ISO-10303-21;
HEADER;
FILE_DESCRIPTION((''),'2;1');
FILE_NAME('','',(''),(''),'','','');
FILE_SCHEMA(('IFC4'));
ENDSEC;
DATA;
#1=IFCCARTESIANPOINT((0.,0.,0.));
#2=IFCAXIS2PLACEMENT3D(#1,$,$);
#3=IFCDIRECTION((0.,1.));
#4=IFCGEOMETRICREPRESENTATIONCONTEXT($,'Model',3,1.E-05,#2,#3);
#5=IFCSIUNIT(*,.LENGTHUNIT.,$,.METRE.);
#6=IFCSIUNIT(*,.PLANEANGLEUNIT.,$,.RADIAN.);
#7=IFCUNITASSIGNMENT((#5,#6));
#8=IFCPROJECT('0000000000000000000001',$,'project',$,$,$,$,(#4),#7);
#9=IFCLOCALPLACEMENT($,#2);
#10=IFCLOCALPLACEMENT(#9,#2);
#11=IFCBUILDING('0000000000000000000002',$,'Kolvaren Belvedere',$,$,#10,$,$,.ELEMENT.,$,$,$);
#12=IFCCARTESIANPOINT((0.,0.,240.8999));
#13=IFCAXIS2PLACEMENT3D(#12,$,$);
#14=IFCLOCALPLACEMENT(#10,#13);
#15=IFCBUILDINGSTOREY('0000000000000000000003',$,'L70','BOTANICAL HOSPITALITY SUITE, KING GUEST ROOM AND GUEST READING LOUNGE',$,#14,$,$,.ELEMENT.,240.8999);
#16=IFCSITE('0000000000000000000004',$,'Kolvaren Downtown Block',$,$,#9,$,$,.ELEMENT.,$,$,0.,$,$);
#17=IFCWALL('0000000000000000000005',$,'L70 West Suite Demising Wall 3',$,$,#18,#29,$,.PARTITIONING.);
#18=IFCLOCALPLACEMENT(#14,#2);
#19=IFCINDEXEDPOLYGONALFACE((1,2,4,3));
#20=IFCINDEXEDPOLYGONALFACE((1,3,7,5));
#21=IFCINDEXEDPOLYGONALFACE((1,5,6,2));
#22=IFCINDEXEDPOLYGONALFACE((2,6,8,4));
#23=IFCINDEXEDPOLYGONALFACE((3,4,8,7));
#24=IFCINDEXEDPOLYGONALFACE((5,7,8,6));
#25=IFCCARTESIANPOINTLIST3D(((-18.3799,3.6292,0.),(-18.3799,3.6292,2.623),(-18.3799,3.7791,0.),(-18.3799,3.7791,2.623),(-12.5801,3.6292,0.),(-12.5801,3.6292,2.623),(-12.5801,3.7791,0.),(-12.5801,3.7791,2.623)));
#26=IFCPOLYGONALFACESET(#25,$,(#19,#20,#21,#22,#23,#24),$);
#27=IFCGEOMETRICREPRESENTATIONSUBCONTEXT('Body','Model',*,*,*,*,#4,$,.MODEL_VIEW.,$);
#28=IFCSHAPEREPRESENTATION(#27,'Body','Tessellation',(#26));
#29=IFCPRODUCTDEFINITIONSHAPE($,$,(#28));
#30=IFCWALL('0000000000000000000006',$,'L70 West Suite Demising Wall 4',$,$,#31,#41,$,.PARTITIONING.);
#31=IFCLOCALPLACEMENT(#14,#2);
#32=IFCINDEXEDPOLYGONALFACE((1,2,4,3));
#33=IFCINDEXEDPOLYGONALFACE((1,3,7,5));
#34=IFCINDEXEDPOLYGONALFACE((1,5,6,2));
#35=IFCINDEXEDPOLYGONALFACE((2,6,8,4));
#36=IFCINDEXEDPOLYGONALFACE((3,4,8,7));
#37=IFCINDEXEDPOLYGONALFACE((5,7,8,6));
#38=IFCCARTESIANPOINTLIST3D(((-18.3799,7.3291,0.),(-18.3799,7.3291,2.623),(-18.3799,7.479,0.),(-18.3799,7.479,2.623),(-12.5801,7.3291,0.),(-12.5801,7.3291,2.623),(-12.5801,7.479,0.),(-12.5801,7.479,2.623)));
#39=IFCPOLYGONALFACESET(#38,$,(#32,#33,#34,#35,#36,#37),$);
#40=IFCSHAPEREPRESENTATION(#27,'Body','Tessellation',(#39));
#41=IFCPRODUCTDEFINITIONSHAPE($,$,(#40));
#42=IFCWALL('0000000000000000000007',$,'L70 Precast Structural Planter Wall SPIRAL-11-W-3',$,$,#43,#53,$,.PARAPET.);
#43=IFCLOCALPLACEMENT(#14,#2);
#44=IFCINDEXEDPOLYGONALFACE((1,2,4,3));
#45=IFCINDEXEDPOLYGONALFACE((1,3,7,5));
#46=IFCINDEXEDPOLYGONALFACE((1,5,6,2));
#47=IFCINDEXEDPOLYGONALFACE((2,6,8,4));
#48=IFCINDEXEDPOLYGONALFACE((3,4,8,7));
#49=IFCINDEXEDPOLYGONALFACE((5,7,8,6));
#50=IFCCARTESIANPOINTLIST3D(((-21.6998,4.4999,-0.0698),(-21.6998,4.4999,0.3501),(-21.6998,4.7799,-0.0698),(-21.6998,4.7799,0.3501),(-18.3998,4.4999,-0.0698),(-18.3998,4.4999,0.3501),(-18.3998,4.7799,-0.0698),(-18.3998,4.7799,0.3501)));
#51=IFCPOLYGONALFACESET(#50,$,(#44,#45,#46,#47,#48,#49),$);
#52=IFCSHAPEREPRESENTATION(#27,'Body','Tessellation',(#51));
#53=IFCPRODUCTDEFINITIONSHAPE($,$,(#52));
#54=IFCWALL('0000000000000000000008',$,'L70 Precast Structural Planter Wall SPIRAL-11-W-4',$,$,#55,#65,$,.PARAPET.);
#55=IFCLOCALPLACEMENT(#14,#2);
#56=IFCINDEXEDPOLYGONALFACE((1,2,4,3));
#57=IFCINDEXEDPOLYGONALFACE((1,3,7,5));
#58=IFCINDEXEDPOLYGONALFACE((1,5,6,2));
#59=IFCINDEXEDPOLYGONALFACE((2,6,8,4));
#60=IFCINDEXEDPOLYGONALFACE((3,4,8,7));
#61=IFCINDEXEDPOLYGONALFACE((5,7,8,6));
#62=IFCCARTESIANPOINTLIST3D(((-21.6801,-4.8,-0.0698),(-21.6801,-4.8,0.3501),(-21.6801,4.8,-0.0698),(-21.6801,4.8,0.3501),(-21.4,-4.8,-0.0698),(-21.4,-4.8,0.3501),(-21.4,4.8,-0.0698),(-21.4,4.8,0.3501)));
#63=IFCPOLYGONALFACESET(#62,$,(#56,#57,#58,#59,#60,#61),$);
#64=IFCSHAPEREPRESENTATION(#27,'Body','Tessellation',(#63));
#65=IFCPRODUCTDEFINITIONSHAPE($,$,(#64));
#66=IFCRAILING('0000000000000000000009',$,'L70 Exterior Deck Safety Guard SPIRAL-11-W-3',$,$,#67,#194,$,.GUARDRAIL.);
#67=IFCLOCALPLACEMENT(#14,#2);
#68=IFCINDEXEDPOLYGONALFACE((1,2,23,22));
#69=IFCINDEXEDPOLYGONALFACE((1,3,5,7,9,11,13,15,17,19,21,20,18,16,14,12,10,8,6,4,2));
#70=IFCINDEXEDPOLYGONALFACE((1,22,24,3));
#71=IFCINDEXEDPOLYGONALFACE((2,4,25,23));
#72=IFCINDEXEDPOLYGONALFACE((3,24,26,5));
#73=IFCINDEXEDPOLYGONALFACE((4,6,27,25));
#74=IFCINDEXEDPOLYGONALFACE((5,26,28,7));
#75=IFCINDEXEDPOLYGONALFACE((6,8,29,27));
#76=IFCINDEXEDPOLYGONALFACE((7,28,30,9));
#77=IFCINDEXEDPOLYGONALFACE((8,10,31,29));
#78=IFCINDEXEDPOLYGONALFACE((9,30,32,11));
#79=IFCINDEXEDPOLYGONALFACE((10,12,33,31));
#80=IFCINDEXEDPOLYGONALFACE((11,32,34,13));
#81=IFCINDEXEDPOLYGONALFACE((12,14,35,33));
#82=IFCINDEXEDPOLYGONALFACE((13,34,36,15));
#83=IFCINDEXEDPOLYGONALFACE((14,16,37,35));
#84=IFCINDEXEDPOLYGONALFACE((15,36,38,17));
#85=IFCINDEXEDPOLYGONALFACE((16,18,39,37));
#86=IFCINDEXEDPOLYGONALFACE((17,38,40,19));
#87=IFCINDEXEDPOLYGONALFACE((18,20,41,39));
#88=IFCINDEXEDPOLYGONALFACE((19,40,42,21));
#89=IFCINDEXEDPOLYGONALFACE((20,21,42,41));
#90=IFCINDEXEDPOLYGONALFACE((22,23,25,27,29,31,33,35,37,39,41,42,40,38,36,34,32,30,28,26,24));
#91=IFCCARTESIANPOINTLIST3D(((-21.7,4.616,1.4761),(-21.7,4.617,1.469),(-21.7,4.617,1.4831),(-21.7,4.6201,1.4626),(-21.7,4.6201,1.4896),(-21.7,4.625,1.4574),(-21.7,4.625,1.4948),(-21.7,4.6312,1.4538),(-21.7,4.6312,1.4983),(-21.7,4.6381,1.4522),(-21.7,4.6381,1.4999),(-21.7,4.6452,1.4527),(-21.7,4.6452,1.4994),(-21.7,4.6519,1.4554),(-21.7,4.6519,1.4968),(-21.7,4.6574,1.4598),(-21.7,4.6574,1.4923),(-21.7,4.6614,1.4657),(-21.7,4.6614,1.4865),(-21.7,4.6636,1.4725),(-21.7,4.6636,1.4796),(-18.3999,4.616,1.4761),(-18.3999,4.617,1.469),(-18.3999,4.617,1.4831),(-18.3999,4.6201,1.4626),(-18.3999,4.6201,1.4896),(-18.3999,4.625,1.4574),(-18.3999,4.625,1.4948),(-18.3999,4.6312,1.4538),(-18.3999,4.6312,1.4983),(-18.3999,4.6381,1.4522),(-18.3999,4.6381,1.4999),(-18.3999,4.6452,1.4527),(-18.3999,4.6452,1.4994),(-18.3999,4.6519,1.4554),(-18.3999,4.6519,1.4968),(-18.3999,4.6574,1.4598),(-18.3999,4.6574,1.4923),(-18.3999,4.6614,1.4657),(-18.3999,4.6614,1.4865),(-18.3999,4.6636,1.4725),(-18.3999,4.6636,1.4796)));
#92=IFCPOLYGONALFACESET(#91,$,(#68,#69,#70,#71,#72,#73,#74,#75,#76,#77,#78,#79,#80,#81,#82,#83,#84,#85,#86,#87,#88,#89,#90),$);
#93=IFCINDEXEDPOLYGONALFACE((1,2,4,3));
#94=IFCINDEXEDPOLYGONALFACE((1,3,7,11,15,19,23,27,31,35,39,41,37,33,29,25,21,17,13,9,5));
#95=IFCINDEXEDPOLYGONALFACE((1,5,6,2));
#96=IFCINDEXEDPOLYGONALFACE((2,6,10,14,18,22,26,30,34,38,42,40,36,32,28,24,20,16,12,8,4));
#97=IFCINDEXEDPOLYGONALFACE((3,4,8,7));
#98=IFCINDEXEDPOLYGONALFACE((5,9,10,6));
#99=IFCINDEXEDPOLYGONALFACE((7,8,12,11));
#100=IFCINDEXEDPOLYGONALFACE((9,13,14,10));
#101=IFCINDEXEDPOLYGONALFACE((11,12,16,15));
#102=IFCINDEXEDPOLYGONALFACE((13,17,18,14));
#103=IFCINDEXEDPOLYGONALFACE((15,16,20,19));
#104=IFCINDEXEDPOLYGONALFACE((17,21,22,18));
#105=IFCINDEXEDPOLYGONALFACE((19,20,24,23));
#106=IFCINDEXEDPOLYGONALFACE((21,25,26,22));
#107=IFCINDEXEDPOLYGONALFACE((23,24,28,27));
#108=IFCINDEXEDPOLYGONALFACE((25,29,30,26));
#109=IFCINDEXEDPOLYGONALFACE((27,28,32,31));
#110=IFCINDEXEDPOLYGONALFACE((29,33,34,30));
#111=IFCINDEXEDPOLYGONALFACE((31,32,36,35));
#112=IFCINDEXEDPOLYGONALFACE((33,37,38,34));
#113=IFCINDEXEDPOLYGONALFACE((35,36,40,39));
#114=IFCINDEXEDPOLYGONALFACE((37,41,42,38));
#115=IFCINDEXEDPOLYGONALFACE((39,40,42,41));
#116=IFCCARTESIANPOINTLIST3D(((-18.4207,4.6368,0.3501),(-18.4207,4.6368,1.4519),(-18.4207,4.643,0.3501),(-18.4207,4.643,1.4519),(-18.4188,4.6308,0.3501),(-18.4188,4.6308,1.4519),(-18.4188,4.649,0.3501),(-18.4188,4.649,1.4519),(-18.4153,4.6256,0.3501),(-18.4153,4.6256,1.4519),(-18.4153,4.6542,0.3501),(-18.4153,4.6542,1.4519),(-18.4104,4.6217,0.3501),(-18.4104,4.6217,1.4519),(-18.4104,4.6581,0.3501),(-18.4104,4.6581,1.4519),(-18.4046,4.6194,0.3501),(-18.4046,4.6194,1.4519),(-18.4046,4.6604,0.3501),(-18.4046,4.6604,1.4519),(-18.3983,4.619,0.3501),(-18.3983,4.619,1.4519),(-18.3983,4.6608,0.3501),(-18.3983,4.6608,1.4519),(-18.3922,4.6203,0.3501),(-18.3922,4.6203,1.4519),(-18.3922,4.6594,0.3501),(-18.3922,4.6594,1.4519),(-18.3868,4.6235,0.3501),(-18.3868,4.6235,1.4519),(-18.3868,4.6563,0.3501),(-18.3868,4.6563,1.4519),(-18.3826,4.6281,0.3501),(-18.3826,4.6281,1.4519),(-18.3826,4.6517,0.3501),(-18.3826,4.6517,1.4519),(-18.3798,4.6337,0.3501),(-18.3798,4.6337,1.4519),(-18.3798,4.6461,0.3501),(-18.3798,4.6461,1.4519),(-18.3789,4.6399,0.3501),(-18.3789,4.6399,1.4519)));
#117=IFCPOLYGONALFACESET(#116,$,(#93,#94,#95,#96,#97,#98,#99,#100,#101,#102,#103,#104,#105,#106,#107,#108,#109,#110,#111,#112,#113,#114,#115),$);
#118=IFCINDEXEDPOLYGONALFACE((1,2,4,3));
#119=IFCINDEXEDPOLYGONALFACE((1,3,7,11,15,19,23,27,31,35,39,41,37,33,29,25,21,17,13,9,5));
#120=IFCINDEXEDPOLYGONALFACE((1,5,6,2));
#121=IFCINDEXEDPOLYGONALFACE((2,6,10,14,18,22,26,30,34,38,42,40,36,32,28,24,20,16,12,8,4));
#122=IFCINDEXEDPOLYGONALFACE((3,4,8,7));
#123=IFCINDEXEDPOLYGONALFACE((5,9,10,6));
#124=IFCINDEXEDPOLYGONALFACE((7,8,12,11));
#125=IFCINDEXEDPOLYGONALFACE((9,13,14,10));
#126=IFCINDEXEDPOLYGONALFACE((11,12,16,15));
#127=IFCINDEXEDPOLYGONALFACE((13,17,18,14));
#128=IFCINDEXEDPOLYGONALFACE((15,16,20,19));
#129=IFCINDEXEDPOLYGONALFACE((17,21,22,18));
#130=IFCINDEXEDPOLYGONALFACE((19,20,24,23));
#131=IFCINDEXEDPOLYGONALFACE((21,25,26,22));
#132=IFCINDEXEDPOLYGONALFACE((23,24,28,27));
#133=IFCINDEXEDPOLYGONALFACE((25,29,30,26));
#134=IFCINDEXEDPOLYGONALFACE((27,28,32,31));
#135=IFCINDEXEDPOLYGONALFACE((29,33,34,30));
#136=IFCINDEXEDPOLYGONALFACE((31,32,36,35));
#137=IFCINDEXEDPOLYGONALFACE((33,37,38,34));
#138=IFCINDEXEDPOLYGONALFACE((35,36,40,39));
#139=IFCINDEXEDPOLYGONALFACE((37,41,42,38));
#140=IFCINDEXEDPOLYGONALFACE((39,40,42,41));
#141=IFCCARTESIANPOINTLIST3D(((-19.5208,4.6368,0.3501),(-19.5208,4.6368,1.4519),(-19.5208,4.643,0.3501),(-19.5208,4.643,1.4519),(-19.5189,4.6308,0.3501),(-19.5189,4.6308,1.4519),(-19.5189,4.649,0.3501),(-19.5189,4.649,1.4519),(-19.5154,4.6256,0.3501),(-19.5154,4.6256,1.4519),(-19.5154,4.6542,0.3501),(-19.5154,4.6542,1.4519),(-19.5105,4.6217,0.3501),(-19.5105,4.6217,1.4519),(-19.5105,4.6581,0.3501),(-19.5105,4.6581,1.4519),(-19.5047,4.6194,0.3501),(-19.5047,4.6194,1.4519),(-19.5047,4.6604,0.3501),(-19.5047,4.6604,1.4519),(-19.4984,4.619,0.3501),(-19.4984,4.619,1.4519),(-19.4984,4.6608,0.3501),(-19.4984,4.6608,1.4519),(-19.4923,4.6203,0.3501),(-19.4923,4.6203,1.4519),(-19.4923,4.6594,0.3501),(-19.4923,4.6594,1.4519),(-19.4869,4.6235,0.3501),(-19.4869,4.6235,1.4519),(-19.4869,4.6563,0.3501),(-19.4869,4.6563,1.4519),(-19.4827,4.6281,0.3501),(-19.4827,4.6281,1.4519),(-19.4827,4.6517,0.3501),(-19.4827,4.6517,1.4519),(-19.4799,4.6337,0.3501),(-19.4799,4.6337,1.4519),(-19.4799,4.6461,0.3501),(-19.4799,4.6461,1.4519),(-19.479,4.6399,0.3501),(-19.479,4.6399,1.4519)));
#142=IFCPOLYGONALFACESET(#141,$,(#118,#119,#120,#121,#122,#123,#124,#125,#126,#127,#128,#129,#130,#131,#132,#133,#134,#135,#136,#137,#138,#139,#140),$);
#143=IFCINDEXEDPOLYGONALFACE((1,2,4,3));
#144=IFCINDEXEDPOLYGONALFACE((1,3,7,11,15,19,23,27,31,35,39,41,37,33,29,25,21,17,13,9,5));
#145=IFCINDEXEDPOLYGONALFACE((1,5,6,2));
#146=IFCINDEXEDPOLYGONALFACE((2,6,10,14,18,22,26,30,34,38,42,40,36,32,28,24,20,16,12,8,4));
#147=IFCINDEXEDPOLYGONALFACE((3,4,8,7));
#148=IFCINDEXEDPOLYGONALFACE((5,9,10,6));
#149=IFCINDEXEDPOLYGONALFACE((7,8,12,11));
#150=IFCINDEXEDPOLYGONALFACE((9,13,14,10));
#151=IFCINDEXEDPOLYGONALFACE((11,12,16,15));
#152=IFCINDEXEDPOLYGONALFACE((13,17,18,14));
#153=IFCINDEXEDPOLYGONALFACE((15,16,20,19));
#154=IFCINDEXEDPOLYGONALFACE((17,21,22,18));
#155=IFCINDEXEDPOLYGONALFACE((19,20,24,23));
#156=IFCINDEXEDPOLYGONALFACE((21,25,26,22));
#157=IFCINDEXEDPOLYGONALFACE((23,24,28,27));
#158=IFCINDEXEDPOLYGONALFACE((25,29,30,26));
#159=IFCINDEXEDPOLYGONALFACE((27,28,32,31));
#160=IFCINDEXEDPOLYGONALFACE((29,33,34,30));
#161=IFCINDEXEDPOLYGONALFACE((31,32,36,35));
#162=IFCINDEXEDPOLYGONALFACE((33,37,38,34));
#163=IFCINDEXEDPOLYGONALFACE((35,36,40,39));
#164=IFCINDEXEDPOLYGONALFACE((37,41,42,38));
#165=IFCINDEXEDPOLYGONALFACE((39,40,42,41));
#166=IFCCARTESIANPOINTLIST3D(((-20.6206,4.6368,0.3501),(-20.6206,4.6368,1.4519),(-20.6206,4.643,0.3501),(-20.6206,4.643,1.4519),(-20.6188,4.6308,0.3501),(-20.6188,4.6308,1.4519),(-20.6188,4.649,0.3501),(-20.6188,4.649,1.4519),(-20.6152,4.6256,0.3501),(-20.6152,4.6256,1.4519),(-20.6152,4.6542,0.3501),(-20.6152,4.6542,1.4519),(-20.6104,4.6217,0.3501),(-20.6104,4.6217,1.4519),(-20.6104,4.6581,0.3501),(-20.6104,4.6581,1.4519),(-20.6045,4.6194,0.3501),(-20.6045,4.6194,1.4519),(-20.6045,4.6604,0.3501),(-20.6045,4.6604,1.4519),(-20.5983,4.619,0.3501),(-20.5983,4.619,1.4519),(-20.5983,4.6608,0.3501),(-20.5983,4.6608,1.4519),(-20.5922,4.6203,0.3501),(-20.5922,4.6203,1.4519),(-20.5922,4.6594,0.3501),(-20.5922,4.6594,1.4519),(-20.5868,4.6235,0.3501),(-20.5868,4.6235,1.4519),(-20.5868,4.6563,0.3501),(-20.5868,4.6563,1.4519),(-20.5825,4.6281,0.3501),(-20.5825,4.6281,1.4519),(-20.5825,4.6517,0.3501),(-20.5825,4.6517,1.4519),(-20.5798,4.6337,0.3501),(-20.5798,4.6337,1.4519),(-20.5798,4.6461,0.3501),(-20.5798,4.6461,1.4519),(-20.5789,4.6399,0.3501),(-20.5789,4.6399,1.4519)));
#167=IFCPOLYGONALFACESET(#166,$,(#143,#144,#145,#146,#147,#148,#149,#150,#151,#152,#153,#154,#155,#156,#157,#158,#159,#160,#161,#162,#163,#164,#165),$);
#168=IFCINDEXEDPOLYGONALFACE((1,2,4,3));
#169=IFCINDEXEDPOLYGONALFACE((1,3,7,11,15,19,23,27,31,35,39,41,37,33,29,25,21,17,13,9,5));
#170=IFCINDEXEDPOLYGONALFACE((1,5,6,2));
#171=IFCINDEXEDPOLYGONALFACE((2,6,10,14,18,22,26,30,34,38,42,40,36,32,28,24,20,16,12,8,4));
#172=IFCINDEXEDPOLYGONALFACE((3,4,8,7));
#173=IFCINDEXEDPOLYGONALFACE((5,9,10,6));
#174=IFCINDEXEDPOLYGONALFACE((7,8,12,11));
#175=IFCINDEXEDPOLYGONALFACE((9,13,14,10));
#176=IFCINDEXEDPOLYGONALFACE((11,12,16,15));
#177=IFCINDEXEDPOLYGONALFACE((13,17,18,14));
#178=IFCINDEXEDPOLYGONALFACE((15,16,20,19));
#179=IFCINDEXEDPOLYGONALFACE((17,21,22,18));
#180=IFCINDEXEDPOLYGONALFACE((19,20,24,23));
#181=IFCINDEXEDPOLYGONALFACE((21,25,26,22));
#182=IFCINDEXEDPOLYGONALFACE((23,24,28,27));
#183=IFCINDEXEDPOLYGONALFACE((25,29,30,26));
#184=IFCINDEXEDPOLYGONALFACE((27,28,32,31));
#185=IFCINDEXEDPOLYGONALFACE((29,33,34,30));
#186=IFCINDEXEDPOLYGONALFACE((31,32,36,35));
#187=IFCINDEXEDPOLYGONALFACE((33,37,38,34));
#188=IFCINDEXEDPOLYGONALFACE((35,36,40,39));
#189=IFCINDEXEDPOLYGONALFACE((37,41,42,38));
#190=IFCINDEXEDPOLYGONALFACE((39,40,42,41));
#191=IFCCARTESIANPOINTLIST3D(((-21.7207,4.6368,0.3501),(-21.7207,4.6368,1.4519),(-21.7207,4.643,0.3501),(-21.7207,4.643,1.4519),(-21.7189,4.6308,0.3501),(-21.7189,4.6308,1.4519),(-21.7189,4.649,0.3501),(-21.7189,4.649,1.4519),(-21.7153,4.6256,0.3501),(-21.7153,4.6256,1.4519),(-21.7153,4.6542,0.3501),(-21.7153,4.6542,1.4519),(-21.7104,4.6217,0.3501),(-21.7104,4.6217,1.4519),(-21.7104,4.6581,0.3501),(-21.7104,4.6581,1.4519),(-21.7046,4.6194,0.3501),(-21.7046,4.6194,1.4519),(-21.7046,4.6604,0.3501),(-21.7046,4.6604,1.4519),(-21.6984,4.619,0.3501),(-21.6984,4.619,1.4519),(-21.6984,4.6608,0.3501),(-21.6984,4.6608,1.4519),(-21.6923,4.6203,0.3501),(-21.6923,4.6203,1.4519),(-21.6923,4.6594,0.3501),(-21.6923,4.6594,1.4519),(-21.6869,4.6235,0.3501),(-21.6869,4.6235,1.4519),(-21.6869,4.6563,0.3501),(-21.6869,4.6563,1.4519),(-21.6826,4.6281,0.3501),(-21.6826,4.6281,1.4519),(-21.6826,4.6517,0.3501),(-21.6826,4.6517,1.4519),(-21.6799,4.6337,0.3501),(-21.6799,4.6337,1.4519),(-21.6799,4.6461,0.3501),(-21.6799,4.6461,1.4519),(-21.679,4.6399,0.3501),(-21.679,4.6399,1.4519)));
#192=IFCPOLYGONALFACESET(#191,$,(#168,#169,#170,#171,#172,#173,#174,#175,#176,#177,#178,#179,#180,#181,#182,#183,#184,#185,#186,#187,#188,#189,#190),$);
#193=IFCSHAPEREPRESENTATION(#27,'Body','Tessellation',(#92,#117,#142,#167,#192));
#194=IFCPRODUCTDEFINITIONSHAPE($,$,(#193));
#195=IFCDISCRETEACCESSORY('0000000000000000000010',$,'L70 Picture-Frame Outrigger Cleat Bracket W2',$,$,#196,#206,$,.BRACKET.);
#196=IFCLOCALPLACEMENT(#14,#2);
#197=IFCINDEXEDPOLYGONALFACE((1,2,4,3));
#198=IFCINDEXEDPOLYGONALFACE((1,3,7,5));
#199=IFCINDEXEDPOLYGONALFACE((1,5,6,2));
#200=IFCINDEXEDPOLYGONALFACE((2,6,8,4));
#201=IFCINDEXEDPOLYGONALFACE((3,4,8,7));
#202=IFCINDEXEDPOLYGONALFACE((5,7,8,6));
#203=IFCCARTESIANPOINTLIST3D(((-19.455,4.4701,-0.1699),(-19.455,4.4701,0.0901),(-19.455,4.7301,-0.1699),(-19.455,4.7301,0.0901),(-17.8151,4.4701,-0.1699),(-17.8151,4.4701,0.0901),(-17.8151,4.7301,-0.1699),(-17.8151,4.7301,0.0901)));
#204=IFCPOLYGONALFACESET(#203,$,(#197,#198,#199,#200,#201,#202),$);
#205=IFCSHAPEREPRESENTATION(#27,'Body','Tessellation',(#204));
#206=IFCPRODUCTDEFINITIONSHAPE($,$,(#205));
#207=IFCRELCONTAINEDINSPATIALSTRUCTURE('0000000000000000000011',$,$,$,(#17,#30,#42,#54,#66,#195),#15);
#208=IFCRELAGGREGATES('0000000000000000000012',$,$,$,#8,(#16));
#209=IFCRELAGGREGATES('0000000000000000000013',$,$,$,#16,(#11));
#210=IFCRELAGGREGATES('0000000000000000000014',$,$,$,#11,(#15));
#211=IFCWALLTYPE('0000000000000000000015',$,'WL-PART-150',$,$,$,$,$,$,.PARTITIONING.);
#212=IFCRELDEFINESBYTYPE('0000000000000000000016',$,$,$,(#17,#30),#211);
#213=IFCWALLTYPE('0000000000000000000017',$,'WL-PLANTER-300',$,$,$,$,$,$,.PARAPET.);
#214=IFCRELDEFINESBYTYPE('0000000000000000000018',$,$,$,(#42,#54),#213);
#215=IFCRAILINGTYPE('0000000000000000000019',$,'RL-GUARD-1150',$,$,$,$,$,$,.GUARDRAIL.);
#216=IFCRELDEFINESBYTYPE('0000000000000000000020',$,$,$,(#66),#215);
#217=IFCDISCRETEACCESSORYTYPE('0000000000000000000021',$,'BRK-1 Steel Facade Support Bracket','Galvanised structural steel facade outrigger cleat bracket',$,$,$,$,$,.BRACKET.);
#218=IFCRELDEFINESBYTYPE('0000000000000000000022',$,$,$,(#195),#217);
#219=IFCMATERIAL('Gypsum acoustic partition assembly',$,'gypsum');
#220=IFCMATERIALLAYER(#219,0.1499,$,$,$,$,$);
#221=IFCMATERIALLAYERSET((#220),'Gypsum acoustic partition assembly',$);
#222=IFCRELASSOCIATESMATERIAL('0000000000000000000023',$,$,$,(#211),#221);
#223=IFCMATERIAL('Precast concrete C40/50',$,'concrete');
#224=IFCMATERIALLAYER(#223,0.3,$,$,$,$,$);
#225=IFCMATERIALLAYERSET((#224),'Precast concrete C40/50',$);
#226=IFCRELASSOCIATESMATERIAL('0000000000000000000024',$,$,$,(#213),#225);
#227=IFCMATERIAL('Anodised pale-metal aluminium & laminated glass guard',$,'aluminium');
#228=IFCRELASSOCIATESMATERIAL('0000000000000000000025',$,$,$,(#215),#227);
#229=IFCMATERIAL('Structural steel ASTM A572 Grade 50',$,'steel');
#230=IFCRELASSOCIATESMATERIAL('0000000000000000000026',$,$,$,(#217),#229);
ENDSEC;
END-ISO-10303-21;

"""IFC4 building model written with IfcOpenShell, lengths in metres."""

from ifc_helpers import new_model, si_unit, direction, frame, frame_2d, origin, origin_2d, place, context, subcontext, project, spatial, rectangle, circle, extrude, material, layer, layer_set, type_object, element, save


model = new_model("IFC4")

# Units and contexts
model_context = context("Model", 3, precision=1e-05, world=origin(), true_north=direction((0.0, 1.0)))
body_context = subcontext(model_context, "Body", "Model", "MODEL_VIEW")
ifc_project = project(units=[si_unit("LENGTHUNIT", "METRE"), si_unit("PLANEANGLEUNIT", "RADIAN")], contexts=[model_context])

# Site, building, storey
site_placement = place(None, origin())
site = spatial("IfcSite", under=ifc_project, at=site_placement, Name="Kolvaren Downtown Block", CompositionType="ELEMENT", RefElevation=0.0)
building_placement = place(site_placement, origin())
building = spatial("IfcBuilding", under=site, at=building_placement, Name="Kolvaren Belvedere", CompositionType="ELEMENT")
storey_placement = place(building_placement, frame((0.0, 0.0, 240.8999)))
storey = spatial("IfcBuildingStorey", under=building, at=storey_placement, Name="L70", Description="BOTANICAL HOSPITALITY SUITE, KING GUEST ROOM AND GUEST READING LOUNGE", CompositionType="ELEMENT", Elevation=240.8999)

# Walls
ifc_material_1 = material(Name="Gypsum acoustic partition assembly", Category="gypsum")
ifc_layer_1 = layer(ifc_material_1, 0.1499)
ifc_layer_set_1 = layer_set([ifc_layer_1], Name="Gypsum acoustic partition assembly")
wall_type_1 = type_object("IfcWallType", Name="WL-PART-150", PredefinedType="PARTITIONING", material=ifc_layer_set_1)
for number, where, z_axis, x_axis, name in (
    (1, (-18.3799, 3.7041, 0.0), (0.0, 0.0, 1.0), (1.0, 0.0, 0.0), "L70 West Suite Demising Wall 3"),
    (2, (-18.3799, 7.4041, 0.0), (0.0, 0.0, 1.0), (1.0, 0.0, 0.0), "L70 West Suite Demising Wall 4"),
):
    element("IfcWall", number, at=place(storey_placement, frame(where, z_axis=z_axis, x_axis=x_axis)), inside=storey, type_object=wall_type_1, Name=name, PredefinedType="PARTITIONING", context=body_context, shape_type="SweptSolid", body=[
        extrude(rectangle(XDim=5.7998, YDim=0.1499, at=frame_2d((2.8999, 0.0))), origin(), (0.0, 0.0, 1.0), 2.623),
    ])
ifc_material_2 = material(Name="Precast concrete C40/50", Category="concrete")
ifc_layer_2 = layer(ifc_material_2, 0.3)
ifc_layer_set_2 = layer_set([ifc_layer_2], Name="Precast concrete C40/50")
wall_type_2 = type_object("IfcWallType", Name="WL-PLANTER-300", PredefinedType="PARAPET", material=ifc_layer_set_2)
wall_1_placement = place(storey_placement, frame((-18.3999, 4.6399, -0.0698), z_axis=(0.0, 0.0, 1.0), x_axis=(-1.0, 0.0, 0.0)))
element("IfcWall", 3, at=wall_1_placement, inside=storey, type_object=wall_type_2, Name="L70 Precast Structural Planter Wall SPIRAL-11-W-3", PredefinedType="PARAPET", context=body_context, shape_type="SweptSolid", body=[
    extrude(rectangle(XDim=3.3, YDim=0.28, at=frame_2d((1.6499, 0.0))), origin(), (0.0, 0.0, 1.0), 0.4199),
])
wall_2_placement = place(storey_placement, frame((-21.54, 4.8, -0.0698), z_axis=(0.0, 0.0, 1.0), x_axis=(0.0, -1.0, 0.0)))
element("IfcWall", 4, at=wall_2_placement, inside=storey, type_object=wall_type_2, Name="L70 Precast Structural Planter Wall SPIRAL-11-W-4", PredefinedType="PARAPET", context=body_context, shape_type="SweptSolid", body=[
    extrude(rectangle(XDim=9.6001, YDim=0.28, at=frame_2d((4.8, 0.0))), origin(), (0.0, 0.0, 1.0), 0.4199),
])

# Railing
ifc_material_3 = material(Name="Anodised pale-metal aluminium & laminated glass guard", Category="aluminium")
railing_type = type_object("IfcRailingType", Name="RL-GUARD-1150", PredefinedType="GUARDRAIL", material=ifc_material_3)
railing_1_placement = place(storey_placement, frame((-18.3999, 4.6399, 0.3501)))
element("IfcRailing", 5, at=railing_1_placement, inside=storey, type_object=railing_type, Name="L70 Exterior Deck Safety Guard SPIRAL-11-W-3", PredefinedType="GUARDRAIL", context=body_context, shape_type="SweptSolid", body=[
    extrude(circle(Radius=0.0239, at=origin_2d()), frame((0.0, 0.0, 1.126), z_axis=(-1.0, 0.0, 0.0), x_axis=(0.0, -1.0, 0.0)), (0.0, 0.0, 1.0), 3.3),
    extrude(circle(Radius=0.021, at=origin_2d()), origin(), (0.0, 0.0, 1.0), 1.1018),
    extrude(circle(Radius=0.021, at=origin_2d()), frame((-1.1001, 0.0, 0.0)), (0.0, 0.0, 1.0), 1.1018),
    extrude(circle(Radius=0.021, at=origin_2d()), frame((-2.2, 0.0, 0.0)), (0.0, 0.0, 1.0), 1.1018),
    extrude(circle(Radius=0.021, at=origin_2d()), frame((-3.3, 0.0, 0.0)), (0.0, 0.0, 1.0), 1.1018),
])

# Discrete accessory
ifc_material_4 = material(Name="Structural steel ASTM A572 Grade 50", Category="steel")
discrete_accessory_type = type_object("IfcDiscreteAccessoryType", Name="BRK-1 Steel Facade Support Bracket", Description="Galvanised structural steel facade outrigger cleat bracket", PredefinedType="BRACKET", material=ifc_material_4)
discrete_accessory_placement = place(storey_placement, frame((-18.635, 4.6001, -0.1699), z_axis=(0.0, 0.0, 1.0), x_axis=(1.0, 0.0, 0.0)))
element("IfcDiscreteAccessory", 6, at=discrete_accessory_placement, inside=storey, type_object=discrete_accessory_type, Name="L70 Picture-Frame Outrigger Cleat Bracket W2", PredefinedType="BRACKET", context=body_context, shape_type="SweptSolid", body=[
    extrude(rectangle(XDim=1.6399, YDim=0.26, at=origin_2d()), origin(), (0.0, 0.0, 1.0), 0.26),
])

save(model, "model.ifc")
